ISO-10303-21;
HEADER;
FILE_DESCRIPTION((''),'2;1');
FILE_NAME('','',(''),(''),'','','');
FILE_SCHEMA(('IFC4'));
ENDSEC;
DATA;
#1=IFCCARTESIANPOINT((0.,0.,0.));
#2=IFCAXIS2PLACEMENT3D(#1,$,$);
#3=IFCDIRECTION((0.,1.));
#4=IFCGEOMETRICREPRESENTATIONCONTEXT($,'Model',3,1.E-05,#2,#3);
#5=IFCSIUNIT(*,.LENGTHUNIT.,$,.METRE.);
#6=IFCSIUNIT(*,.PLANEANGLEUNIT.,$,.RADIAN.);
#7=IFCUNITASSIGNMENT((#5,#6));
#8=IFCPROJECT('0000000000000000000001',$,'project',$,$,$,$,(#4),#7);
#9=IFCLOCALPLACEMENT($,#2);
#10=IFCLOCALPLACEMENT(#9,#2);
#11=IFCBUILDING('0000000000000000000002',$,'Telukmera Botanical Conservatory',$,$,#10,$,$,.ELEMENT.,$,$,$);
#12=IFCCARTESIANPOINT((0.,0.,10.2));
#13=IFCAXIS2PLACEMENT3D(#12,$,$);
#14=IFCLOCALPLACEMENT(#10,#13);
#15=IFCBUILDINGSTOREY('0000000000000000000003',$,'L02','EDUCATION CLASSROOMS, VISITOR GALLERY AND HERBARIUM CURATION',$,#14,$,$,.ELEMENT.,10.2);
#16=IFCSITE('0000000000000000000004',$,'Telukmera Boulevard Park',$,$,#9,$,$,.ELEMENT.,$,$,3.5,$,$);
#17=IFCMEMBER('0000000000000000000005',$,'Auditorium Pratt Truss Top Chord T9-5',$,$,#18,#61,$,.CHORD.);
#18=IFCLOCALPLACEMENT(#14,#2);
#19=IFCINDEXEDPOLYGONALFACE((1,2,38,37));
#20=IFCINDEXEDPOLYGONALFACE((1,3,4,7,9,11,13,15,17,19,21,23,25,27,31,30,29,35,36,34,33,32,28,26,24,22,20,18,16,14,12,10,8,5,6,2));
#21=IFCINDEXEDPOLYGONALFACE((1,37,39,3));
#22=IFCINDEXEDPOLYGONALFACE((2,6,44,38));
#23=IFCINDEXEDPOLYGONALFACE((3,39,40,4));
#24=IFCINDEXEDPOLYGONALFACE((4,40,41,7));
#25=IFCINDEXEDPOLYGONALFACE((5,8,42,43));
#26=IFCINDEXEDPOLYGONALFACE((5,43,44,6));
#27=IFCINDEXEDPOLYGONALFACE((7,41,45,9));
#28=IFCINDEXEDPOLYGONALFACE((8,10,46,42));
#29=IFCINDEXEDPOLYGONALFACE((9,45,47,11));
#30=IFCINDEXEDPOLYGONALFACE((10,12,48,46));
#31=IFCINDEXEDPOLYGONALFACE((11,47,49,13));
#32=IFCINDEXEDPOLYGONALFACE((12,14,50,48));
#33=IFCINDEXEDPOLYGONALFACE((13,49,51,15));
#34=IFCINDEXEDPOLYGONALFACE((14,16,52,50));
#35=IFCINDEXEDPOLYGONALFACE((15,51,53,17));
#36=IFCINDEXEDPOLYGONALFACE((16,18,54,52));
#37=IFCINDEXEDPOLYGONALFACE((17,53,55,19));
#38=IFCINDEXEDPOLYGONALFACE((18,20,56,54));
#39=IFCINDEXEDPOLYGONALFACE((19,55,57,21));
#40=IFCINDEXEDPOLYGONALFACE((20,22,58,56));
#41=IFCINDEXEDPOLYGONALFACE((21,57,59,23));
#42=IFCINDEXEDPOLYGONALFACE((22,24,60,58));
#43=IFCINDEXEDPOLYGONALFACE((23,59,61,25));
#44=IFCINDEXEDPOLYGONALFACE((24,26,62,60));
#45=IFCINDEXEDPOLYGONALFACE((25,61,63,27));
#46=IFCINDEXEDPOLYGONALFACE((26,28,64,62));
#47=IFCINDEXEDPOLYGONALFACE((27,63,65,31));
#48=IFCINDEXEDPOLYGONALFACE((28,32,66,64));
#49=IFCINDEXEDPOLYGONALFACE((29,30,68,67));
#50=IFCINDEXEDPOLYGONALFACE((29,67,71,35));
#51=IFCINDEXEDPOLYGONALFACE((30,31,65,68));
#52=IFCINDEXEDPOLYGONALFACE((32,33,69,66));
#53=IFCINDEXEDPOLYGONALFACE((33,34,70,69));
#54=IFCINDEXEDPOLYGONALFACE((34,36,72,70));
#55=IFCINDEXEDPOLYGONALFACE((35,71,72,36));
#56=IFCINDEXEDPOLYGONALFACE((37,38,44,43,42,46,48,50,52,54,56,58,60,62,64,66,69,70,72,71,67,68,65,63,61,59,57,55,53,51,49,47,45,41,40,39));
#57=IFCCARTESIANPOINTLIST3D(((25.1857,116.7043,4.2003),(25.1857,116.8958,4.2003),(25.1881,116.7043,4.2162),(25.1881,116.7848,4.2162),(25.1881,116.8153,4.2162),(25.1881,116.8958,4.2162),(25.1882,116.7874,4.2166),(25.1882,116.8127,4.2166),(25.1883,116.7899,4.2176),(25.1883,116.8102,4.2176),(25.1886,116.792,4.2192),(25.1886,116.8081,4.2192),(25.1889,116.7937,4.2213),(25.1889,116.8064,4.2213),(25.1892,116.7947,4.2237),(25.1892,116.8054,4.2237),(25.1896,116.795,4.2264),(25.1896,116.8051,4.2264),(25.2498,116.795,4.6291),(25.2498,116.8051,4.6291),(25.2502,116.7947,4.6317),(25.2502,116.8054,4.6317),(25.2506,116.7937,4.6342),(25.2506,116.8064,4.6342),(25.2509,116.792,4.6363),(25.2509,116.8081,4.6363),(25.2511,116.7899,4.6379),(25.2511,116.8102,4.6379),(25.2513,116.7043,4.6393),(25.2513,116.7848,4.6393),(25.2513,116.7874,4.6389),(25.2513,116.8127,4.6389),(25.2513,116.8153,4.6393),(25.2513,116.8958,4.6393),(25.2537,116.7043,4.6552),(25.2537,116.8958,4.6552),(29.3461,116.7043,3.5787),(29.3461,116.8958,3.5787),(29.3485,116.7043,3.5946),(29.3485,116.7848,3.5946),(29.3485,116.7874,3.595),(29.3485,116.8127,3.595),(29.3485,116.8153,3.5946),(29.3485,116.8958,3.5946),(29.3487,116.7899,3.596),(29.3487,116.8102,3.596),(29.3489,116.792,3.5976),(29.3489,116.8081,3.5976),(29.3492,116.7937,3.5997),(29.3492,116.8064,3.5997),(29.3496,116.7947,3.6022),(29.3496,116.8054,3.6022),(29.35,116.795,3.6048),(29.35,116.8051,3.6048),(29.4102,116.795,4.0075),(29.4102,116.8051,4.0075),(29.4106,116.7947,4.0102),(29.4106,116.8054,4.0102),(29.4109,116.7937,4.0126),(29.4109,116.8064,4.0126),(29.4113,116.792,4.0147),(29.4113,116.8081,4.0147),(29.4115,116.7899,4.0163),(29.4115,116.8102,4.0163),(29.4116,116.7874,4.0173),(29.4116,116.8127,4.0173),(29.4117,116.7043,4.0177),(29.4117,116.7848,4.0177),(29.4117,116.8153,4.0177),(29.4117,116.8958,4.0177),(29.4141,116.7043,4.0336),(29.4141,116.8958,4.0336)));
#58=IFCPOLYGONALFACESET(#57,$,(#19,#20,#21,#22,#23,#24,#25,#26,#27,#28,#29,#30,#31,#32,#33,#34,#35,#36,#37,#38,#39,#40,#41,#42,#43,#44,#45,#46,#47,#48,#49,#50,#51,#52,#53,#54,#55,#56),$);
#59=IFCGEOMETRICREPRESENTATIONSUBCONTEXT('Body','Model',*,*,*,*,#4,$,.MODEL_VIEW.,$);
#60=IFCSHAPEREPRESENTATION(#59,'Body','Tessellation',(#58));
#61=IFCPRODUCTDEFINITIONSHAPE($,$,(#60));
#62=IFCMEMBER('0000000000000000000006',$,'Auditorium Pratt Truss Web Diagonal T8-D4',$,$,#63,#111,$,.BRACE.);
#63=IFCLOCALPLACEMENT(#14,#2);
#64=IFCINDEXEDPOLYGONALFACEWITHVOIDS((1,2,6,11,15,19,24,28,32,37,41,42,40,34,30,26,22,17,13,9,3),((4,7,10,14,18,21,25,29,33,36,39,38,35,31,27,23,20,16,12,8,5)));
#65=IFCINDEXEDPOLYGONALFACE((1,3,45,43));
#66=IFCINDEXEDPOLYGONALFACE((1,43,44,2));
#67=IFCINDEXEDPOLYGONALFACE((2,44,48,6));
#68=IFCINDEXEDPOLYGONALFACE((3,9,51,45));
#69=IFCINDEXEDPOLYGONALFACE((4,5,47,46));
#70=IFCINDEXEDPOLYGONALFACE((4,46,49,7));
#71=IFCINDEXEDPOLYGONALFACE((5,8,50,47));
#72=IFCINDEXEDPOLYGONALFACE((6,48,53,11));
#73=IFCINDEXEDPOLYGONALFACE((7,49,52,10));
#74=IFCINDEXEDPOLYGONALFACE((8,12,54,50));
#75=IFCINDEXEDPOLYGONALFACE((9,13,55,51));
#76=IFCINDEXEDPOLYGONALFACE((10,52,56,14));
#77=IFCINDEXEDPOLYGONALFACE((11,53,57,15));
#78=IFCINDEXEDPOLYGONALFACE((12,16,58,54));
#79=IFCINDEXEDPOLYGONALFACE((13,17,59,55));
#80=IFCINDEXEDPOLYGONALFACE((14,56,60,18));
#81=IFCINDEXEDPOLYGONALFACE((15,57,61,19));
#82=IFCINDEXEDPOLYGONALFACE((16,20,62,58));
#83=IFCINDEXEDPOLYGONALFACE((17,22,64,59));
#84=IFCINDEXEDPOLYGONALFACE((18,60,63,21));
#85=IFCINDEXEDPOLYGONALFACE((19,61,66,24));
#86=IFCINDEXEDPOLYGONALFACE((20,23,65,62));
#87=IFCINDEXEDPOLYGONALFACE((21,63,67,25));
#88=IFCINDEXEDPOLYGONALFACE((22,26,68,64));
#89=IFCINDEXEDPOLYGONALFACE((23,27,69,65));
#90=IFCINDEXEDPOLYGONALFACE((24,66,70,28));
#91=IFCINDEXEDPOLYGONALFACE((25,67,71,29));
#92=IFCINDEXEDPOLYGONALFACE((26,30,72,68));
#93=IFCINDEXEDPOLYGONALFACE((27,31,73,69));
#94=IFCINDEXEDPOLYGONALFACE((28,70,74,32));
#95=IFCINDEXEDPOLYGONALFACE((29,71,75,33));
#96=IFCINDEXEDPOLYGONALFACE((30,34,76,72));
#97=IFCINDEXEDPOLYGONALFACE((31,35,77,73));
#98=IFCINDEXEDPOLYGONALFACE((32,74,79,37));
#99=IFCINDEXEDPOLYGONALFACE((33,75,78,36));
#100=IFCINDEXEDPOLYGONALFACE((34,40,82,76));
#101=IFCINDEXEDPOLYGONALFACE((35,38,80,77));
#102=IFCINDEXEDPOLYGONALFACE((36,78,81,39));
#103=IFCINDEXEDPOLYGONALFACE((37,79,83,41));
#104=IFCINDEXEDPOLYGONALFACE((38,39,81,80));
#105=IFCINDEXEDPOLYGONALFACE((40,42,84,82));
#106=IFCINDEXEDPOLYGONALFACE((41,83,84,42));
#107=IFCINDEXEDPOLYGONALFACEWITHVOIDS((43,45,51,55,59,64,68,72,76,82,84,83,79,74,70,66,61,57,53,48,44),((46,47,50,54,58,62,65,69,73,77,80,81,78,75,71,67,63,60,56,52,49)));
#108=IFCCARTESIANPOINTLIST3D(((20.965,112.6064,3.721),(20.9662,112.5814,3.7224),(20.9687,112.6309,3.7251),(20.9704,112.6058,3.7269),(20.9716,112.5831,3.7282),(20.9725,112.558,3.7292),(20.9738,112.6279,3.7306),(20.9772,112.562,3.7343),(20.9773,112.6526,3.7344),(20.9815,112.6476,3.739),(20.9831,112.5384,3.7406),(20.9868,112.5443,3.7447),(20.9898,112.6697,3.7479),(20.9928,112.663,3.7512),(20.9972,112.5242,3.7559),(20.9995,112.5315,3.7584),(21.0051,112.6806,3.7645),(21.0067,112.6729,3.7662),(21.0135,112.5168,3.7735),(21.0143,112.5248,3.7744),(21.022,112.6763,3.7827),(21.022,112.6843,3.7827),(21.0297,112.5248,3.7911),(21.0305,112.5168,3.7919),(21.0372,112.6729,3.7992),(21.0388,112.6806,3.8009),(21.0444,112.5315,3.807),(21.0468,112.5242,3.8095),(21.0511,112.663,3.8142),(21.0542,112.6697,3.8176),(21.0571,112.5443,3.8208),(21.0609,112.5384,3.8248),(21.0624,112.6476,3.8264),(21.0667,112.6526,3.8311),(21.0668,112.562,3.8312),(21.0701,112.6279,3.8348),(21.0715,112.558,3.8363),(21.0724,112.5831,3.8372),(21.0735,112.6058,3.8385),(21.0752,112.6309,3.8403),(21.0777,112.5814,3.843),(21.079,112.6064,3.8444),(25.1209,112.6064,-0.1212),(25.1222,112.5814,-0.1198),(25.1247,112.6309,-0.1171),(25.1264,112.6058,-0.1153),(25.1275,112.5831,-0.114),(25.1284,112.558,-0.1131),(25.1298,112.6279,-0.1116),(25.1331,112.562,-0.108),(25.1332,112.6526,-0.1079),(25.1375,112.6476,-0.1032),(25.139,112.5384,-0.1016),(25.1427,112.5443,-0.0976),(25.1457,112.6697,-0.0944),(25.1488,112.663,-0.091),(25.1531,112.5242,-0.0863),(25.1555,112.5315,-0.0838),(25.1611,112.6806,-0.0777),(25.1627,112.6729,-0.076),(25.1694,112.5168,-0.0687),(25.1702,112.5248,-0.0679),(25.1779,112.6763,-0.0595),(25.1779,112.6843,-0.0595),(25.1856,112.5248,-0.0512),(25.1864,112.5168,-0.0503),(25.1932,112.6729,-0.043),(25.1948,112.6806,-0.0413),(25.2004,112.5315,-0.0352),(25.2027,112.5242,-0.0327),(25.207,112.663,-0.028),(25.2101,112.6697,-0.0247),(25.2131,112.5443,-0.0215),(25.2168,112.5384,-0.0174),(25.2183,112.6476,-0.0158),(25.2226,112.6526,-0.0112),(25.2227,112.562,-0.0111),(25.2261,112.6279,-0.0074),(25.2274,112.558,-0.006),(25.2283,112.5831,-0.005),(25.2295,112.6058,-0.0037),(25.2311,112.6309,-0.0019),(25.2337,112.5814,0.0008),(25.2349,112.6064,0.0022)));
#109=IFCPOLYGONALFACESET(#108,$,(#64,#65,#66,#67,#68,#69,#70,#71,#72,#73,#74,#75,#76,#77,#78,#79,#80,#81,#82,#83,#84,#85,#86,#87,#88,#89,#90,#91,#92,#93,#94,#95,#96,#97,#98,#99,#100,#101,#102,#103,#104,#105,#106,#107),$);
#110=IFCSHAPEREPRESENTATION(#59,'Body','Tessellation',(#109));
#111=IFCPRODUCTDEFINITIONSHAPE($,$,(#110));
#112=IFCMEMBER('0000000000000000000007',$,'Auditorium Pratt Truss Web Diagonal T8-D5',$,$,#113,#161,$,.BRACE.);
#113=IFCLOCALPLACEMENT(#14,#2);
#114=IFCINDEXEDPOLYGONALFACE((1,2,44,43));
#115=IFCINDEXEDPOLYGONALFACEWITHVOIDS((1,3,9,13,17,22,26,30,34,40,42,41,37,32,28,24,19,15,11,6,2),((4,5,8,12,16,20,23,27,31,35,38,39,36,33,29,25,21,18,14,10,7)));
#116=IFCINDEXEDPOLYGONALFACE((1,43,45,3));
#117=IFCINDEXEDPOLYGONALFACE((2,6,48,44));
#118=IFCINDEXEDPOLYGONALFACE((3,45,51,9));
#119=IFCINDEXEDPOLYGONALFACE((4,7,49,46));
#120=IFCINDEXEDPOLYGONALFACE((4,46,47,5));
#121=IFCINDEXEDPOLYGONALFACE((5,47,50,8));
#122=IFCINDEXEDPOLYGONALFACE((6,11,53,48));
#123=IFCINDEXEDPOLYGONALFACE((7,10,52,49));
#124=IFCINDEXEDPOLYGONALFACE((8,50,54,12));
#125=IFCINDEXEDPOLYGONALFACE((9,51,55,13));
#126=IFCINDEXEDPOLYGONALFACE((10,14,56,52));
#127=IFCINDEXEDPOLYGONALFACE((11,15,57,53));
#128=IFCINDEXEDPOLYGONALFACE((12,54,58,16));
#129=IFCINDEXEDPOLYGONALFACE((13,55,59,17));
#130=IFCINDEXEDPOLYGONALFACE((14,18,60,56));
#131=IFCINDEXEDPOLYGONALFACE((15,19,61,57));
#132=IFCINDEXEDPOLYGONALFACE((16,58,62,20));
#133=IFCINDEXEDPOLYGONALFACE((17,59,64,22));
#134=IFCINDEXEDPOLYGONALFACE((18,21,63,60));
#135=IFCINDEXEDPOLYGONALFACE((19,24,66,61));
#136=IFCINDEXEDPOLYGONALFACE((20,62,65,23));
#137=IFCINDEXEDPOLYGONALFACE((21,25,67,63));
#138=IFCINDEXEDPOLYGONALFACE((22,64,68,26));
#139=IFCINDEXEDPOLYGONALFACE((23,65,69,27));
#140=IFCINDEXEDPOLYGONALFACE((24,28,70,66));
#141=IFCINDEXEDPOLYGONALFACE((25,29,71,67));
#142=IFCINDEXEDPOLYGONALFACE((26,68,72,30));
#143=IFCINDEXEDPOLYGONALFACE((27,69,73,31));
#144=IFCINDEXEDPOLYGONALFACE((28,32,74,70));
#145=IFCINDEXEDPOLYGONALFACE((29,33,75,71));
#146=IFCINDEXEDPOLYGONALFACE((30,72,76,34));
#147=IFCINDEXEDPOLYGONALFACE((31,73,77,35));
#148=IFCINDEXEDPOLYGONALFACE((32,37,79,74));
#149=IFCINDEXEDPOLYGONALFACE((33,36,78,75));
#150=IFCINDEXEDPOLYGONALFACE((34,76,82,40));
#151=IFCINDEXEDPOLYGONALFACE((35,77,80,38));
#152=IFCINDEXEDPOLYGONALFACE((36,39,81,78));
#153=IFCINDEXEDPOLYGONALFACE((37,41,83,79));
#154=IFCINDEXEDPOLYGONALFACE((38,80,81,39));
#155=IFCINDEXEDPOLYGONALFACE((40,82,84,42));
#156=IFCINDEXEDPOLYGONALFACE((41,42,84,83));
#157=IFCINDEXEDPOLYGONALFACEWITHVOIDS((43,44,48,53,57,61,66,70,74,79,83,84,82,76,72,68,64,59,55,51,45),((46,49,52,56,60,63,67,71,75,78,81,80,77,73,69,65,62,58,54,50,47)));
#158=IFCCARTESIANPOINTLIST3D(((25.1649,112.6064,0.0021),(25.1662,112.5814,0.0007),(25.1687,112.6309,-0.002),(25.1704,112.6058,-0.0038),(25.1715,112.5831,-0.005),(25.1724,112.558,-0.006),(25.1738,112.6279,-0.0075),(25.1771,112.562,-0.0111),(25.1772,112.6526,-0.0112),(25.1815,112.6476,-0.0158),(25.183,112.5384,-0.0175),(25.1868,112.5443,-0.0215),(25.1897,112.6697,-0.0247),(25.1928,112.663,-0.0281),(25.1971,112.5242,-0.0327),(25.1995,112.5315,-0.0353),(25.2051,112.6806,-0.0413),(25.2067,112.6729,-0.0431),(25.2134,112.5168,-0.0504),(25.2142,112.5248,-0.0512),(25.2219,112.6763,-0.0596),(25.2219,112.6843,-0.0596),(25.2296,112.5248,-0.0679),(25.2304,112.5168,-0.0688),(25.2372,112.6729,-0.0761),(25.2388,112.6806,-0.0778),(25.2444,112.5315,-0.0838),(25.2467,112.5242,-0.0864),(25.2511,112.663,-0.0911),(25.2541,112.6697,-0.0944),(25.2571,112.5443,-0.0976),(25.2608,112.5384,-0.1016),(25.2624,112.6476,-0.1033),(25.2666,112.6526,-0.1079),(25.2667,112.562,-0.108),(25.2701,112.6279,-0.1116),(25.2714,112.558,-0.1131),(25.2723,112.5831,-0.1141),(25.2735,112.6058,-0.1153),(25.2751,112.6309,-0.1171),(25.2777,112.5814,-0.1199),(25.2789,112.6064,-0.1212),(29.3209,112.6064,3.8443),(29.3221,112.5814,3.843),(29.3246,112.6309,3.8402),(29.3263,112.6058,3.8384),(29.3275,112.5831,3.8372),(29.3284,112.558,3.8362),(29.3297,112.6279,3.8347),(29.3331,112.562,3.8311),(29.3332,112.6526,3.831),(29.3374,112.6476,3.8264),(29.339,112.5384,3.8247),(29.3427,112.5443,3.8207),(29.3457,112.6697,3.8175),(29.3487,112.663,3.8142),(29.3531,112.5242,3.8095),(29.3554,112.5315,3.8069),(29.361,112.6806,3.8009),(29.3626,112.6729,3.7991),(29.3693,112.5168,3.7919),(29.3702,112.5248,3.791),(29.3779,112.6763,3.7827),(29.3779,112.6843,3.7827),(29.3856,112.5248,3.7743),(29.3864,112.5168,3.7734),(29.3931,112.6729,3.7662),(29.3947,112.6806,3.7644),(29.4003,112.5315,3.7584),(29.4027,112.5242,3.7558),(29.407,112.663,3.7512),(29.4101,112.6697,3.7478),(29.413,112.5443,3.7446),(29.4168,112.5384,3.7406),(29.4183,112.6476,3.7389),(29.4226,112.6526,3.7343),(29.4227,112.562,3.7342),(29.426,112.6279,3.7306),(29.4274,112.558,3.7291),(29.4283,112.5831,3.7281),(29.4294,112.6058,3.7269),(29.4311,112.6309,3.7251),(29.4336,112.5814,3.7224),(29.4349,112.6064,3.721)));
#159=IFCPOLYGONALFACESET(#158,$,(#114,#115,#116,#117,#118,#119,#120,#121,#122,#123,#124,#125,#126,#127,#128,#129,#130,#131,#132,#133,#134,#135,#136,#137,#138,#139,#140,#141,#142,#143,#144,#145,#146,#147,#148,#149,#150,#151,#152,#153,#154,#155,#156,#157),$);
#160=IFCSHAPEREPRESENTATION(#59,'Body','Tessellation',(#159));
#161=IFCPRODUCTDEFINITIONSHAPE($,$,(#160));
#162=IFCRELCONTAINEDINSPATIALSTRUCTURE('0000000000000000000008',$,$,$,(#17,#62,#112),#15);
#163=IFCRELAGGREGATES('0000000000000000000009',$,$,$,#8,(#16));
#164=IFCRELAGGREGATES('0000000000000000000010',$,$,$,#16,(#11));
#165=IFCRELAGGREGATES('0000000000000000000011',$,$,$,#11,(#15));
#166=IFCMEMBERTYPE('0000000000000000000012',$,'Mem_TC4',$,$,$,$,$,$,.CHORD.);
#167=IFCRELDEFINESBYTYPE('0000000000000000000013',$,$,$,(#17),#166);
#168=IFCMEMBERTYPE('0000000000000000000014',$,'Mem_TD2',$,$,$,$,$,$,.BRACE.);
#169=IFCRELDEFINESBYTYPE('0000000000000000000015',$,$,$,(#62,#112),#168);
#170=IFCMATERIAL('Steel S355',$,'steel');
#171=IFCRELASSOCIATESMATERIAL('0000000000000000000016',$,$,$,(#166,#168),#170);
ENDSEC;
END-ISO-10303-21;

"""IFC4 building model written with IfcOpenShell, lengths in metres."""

from ifc_helpers import new_model, si_unit, direction, frame, origin, origin_2d, place, context, subcontext, project, spatial, hollow_circle, i_section, extrude, material, material_profile, profile_set, type_object, element, save


model = new_model("IFC4")

# Units and contexts
model_context = context("Model", 3, precision=1e-05, world=origin(), true_north=direction((0.0, 1.0)))
body_context = subcontext(model_context, "Body", "Model", "MODEL_VIEW")
ifc_project = project(units=[si_unit("LENGTHUNIT", "METRE"), si_unit("PLANEANGLEUNIT", "RADIAN")], contexts=[model_context])

# Site, building, storey
site_placement = place(None, origin())
site = spatial("IfcSite", under=ifc_project, at=site_placement, Name="Telukmera Boulevard Park", CompositionType="ELEMENT", RefElevation=3.5)
building_placement = place(site_placement, origin())
building = spatial("IfcBuilding", under=site, at=building_placement, Name="Telukmera Botanical Conservatory", CompositionType="ELEMENT")
storey_placement = place(building_placement, frame((0.0, 0.0, 10.2)))
storey = spatial("IfcBuildingStorey", under=building, at=storey_placement, Name="L02", Description="EDUCATION CLASSROOMS, VISITOR GALLERY AND HERBARIUM CURATION", CompositionType="ELEMENT", Elevation=10.2)

# Members
ifc_material_1 = material(Name="Steel S355", Category="steel")
ifc_material_profile_1 = material_profile(ifc_material_1, i_section(OverallWidth=0.1914, OverallDepth=0.46, WebThickness=0.01, FlangeThickness=0.0161, FilletRadius=0.0103, at=origin_2d()), Name="UB 457x191x82")
ifc_profile_set_1 = profile_set([ifc_material_profile_1], Name="Steel S355")
member_type_1 = type_object("IfcMemberType", Name="Mem_TC4", PredefinedType="CHORD", material=ifc_profile_set_1)
member_1_placement = place(storey_placement, frame((25.2197, 116.8, 4.4277), z_axis=(0.989023, 0.0, -0.147764), x_axis=(0.0, 1.0, 0.0)))
element("IfcMember", 1, at=member_1_placement, inside=storey, type_object=member_type_1, Name="Auditorium Pratt Truss Top Chord T9-5", PredefinedType="CHORD", context=body_context, shape_type="SweptSolid", body=[
    extrude(i_section(OverallWidth=0.1914, OverallDepth=0.46, WebThickness=0.01, FlangeThickness=0.0161, FilletRadius=0.0103, at=origin_2d()), origin(), (0.0, 0.0, 1.0), 4.2065),
])
ifc_material_profile_2 = material_profile(ifc_material_1, hollow_circle(Radius=0.0842, WallThickness=0.0081, at=origin_2d()), Name="CHS 168.3x8.0")
ifc_profile_set_2 = profile_set([ifc_material_profile_2], Name="Steel S355")
member_type_2 = type_object("IfcMemberType", Name="Mem_TD2", PredefinedType="BRACE", material=ifc_profile_set_2)
for number, where, z_axis, x_axis, name in (
    (2, (21.022, 112.6001, 3.7827), (0.734277, 0.0, -0.67885), (0.0, 1.0, 0.0), "Auditorium Pratt Truss Web Diagonal T8-D4"),
    (3, (25.2219, 112.6001, -0.0596), (0.734277, 0.0, 0.67885), (0.0, 1.0, 0.0), "Auditorium Pratt Truss Web Diagonal T8-D5"),
):
    element("IfcMember", number, at=place(storey_placement, frame(where, z_axis=z_axis, x_axis=x_axis)), inside=storey, type_object=member_type_2, Name=name, PredefinedType="BRACE", context=body_context, shape_type="SweptSolid", body=[
        extrude(hollow_circle(Radius=0.0842, WallThickness=0.0081, at=origin_2d()), origin(), (0.0, 0.0, 1.0), 5.6599),
    ])

save(model, "model.ifc")
